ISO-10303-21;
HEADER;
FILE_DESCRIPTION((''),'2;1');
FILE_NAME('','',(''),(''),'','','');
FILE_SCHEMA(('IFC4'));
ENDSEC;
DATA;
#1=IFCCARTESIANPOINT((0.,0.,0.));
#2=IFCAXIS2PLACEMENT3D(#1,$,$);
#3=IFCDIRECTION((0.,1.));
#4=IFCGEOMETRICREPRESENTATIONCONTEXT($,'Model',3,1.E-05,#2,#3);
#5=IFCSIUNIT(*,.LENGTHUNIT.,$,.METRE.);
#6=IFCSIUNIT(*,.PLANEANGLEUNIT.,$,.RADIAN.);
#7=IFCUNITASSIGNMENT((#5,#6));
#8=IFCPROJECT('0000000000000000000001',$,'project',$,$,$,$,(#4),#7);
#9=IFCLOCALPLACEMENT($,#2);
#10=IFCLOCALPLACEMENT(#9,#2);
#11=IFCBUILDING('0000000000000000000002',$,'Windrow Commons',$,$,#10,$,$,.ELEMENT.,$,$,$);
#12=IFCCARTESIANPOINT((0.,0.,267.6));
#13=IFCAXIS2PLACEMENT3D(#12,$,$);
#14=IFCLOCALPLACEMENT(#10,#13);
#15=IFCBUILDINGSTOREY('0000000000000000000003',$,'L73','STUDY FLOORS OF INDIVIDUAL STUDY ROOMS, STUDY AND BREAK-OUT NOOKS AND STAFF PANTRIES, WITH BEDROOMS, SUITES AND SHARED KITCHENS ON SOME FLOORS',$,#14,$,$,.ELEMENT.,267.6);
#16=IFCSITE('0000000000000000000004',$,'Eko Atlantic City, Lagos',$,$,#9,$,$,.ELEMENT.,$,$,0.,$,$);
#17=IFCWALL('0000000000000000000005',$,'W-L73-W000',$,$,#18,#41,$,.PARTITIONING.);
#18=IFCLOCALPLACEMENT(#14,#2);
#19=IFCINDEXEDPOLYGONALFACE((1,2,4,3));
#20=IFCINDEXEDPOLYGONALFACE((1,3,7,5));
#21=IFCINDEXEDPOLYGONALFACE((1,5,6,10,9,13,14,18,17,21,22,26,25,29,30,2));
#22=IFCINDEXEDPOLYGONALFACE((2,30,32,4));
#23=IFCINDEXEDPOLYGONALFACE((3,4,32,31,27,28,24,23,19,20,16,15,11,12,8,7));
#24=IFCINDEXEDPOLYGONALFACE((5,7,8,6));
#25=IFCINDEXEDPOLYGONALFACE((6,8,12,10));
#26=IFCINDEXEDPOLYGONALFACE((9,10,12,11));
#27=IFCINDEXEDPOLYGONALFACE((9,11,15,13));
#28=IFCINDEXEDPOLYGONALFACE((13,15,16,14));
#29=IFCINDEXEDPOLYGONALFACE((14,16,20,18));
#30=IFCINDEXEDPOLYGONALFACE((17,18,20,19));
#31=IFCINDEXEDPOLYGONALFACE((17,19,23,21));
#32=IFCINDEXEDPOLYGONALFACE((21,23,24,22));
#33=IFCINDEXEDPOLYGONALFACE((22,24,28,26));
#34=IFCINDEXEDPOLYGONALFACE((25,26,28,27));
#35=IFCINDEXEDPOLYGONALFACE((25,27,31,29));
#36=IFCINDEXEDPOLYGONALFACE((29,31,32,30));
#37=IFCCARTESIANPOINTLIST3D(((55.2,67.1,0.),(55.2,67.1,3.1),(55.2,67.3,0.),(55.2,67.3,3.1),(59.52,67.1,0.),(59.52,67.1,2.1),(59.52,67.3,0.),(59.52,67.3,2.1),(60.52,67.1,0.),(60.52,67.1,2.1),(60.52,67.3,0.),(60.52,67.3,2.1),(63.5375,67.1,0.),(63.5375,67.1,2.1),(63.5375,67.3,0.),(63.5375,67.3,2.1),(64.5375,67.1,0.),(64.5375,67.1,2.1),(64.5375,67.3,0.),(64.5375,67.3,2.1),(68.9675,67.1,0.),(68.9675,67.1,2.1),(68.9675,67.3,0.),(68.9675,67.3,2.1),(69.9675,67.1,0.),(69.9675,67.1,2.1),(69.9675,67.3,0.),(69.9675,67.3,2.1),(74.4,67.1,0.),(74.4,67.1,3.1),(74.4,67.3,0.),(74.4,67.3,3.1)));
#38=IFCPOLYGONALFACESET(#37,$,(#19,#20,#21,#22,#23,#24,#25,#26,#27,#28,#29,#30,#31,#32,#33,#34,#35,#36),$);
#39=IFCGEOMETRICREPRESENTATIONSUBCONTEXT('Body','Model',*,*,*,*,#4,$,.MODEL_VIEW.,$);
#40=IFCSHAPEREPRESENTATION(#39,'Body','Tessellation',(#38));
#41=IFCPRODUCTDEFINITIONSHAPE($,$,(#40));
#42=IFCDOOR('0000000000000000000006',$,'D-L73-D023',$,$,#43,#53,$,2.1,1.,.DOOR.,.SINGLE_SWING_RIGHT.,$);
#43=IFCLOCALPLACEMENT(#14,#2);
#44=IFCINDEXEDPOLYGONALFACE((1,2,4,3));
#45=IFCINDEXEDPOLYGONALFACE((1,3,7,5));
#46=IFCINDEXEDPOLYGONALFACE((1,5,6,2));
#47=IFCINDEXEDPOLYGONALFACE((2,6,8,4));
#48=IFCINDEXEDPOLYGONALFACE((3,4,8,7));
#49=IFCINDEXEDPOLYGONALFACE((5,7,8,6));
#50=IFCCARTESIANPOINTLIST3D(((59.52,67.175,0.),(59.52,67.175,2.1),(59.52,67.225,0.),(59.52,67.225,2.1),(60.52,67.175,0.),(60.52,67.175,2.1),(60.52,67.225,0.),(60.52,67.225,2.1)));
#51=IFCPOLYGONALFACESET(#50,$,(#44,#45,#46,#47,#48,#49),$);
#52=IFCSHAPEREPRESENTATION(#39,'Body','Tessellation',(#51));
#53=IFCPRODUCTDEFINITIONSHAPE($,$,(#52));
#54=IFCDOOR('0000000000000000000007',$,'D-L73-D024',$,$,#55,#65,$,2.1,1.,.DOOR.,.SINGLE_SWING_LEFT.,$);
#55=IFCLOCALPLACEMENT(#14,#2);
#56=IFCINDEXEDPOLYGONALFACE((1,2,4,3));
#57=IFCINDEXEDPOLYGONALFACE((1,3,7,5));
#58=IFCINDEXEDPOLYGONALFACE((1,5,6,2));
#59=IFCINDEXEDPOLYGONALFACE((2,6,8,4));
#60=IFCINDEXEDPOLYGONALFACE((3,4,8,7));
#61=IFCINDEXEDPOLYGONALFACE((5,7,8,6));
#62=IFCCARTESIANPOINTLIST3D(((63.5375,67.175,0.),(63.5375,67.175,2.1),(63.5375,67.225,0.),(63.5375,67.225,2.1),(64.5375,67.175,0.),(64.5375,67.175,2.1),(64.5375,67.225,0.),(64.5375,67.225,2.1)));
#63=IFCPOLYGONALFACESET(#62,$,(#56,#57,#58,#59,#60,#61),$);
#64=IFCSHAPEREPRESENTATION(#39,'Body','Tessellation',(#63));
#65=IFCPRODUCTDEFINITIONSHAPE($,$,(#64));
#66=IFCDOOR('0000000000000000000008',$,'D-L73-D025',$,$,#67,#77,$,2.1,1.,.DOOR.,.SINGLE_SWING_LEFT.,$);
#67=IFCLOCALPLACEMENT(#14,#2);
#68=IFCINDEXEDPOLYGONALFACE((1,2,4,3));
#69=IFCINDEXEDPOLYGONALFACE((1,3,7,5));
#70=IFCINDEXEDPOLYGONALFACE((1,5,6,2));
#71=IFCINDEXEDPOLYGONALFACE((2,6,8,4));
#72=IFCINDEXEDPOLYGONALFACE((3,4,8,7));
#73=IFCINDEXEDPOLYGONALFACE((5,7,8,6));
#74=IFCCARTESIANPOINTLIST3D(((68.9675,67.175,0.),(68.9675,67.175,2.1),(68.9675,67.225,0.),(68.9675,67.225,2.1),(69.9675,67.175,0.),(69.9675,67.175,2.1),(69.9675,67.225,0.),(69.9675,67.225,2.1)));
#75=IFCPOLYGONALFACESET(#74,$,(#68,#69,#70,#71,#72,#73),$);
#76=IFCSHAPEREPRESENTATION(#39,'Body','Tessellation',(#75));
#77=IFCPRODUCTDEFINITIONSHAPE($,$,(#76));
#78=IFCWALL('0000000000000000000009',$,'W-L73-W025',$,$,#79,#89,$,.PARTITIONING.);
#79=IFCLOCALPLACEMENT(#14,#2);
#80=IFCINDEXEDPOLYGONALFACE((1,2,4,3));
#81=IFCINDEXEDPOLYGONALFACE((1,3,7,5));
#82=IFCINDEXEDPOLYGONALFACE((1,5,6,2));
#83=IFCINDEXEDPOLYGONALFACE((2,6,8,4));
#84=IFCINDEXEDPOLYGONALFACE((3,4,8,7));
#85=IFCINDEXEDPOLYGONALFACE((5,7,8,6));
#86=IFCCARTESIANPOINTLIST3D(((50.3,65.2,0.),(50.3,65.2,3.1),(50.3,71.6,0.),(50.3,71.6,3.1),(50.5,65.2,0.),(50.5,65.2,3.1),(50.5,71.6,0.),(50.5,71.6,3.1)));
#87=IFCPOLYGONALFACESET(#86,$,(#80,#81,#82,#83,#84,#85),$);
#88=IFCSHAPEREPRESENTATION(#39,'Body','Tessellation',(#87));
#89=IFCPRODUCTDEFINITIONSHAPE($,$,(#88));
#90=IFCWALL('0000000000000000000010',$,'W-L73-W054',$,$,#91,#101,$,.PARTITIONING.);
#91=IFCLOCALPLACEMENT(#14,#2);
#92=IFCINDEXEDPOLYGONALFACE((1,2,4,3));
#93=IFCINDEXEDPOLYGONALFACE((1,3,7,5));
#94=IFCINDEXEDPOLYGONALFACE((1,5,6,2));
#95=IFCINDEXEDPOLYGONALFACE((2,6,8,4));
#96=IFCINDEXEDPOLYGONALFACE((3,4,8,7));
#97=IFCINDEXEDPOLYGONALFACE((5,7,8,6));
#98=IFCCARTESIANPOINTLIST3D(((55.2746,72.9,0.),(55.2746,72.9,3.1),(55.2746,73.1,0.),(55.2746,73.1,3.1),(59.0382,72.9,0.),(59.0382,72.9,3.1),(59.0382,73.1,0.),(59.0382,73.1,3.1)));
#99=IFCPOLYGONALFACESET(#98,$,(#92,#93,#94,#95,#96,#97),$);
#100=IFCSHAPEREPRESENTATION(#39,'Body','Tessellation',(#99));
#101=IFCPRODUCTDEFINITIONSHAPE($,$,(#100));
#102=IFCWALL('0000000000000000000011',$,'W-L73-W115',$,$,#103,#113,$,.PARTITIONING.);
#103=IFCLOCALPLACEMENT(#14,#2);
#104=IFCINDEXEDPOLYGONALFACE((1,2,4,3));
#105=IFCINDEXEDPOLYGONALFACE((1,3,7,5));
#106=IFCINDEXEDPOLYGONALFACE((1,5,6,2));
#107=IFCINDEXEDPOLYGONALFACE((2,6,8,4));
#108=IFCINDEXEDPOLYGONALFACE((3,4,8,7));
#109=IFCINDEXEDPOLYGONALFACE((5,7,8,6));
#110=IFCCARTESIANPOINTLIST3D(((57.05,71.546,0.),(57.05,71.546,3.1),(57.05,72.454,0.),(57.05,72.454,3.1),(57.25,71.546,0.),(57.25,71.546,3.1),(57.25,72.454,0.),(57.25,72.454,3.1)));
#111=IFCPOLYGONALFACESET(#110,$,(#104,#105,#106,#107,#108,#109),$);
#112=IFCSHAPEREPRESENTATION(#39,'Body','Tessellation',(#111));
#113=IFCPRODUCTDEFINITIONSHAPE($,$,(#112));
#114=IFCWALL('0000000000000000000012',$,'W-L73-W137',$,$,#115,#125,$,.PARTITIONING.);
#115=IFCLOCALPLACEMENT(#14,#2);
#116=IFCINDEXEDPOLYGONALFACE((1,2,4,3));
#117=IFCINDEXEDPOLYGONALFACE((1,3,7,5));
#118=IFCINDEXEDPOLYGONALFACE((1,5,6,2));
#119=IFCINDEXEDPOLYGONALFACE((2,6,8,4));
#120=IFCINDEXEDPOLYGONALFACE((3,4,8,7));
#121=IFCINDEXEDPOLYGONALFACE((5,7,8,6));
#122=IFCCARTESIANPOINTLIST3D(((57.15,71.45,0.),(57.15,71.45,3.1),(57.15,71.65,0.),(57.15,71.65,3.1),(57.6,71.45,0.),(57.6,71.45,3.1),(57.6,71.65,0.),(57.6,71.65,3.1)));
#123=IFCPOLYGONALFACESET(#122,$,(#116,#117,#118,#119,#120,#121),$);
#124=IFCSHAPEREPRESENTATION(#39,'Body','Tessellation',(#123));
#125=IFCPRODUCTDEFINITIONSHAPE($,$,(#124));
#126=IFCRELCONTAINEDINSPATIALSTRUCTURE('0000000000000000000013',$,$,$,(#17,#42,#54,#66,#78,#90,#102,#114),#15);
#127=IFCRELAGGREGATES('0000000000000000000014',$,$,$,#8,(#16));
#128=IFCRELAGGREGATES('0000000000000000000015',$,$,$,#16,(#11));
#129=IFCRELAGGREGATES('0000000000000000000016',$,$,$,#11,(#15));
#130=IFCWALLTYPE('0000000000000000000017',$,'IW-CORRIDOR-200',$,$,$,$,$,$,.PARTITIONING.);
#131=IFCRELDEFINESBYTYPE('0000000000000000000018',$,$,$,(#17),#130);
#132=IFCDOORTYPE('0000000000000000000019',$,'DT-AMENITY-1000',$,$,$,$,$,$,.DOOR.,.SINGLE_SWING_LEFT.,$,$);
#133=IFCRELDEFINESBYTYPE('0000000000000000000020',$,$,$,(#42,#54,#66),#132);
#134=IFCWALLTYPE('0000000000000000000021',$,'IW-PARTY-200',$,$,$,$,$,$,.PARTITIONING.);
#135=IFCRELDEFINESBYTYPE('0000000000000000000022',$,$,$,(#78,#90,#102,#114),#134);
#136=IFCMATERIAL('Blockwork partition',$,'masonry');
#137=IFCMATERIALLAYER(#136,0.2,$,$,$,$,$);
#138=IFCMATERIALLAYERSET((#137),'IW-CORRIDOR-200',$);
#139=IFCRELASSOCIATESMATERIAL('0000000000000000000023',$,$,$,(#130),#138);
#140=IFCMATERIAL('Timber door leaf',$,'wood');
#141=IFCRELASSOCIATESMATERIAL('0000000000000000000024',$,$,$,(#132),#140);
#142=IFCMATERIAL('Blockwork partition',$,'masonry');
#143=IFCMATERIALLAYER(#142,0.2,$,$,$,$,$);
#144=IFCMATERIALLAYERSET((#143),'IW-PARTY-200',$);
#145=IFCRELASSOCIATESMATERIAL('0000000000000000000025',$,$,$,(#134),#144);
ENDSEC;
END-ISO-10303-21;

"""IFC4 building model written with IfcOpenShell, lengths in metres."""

from ifc_helpers import new_model, si_unit, direction, frame, frame_2d, origin, place, context, subcontext, project, spatial, rectangle, extrude, material, layer, layer_set, type_object, element, fill, save


model = new_model("IFC4")

# Units and contexts
model_context = context("Model", 3, precision=1e-05, world=origin(), true_north=direction((0.0, 1.0)))
body_context = subcontext(model_context, "Body", "Model", "MODEL_VIEW")
ifc_project = project(units=[si_unit("LENGTHUNIT", "METRE"), si_unit("PLANEANGLEUNIT", "RADIAN")], contexts=[model_context])

# Site, building, storey
site_placement = place(None, origin())
site = spatial("IfcSite", under=ifc_project, at=site_placement, Name="Eko Atlantic City, Lagos", CompositionType="ELEMENT", RefElevation=0.0)
building_placement = place(site_placement, origin())
building = spatial("IfcBuilding", under=site, at=building_placement, Name="Windrow Commons", CompositionType="ELEMENT")
storey_placement = place(building_placement, frame((0.0, 0.0, 267.6)))
storey = spatial("IfcBuildingStorey", under=building, at=storey_placement, Name="L73", Description="STUDY FLOORS OF INDIVIDUAL STUDY ROOMS, STUDY AND BREAK-OUT NOOKS AND STAFF PANTRIES, WITH BEDROOMS, SUITES AND SHARED KITCHENS ON SOME FLOORS", CompositionType="ELEMENT", Elevation=267.6)

# Wall, openings, doors
ifc_material_1 = material(Name="Blockwork partition", Category="masonry")
ifc_layer_1 = layer(ifc_material_1, 0.2)
ifc_layer_set_1 = layer_set([ifc_layer_1], Name="IW-CORRIDOR-200")
wall_type_1 = type_object("IfcWallType", Name="IW-CORRIDOR-200", PredefinedType="PARTITIONING", material=ifc_layer_set_1)
wall_1_placement = place(storey_placement, frame((55.2, 67.2, 0.0), z_axis=(0.0, 0.0, 1.0), x_axis=(1.0, 0.0, 0.0)))
wall_1 = element("IfcWall", 1, at=wall_1_placement, inside=storey, type_object=wall_type_1, Name="W-L73-W000", PredefinedType="PARTITIONING", context=body_context, shape_type="SweptSolid", body=[
    extrude(rectangle(XDim=19.2, YDim=0.2, at=frame_2d((9.6, 0.0))), origin(), (0.0, 0.0, 1.0), 3.1),
])
opening_1_placement = place(wall_1_placement, frame((4.32, 0.0, 0.0)))
opening_1 = element("IfcOpeningElement", 2, at=opening_1_placement, cuts=wall_1, PredefinedType="OPENING", context=body_context, shape_type="SweptSolid", body=[
    extrude(rectangle(XDim=1.0, YDim=2.1, at=frame_2d((0.5, 1.05))), frame((0.0, 0.11, 0.0), z_axis=(0.0, -1.0, 0.0), x_axis=(1.0, 0.0, 0.0)), (0.0, 0.0, 1.0), 0.22),
])
opening_2_placement = place(wall_1_placement, frame((8.3375, 0.0, 0.0)))
opening_2 = element("IfcOpeningElement", 3, at=opening_2_placement, cuts=wall_1, PredefinedType="OPENING", context=body_context, shape_type="SweptSolid", body=[
    extrude(rectangle(XDim=1.0, YDim=2.1, at=frame_2d((0.5, 1.05))), frame((0.0, 0.11, 0.0), z_axis=(0.0, -1.0, 0.0), x_axis=(1.0, 0.0, 0.0)), (0.0, 0.0, 1.0), 0.22),
])
opening_3_placement = place(wall_1_placement, frame((13.7675, 0.0, 0.0)))
opening_3 = element("IfcOpeningElement", 4, at=opening_3_placement, cuts=wall_1, PredefinedType="OPENING", context=body_context, shape_type="SweptSolid", body=[
    extrude(rectangle(XDim=1.0, YDim=2.1, at=frame_2d((0.5, 1.05))), frame((0.0, 0.11, 0.0), z_axis=(0.0, -1.0, 0.0), x_axis=(1.0, 0.0, 0.0)), (0.0, 0.0, 1.0), 0.22),
])
ifc_material_2 = material(Name="Timber door leaf", Category="wood")
door_type = type_object("IfcDoorType", Name="DT-AMENITY-1000", OperationType="SINGLE_SWING_LEFT", PredefinedType="DOOR", material=ifc_material_2)
door_1_placement = place(opening_1_placement, origin())
door_1 = element("IfcDoor", 5, at=door_1_placement, inside=storey, type_object=door_type, Name="D-L73-D023", OperationType="SINGLE_SWING_RIGHT", OverallHeight=2.1, OverallWidth=1.0, PredefinedType="DOOR", context=body_context, shape_type="SweptSolid", body=[
    extrude(rectangle(XDim=1.0, YDim=2.1, at=frame_2d((0.5, 1.05))), frame((0.0, 0.025, 0.0), z_axis=(0.0, -1.0, 0.0), x_axis=(1.0, 0.0, 0.0)), (0.0, 0.0, 1.0), 0.05),
])
fill(opening_1, door_1)
door_2_placement = place(opening_2_placement, origin())
door_2 = element("IfcDoor", 6, at=door_2_placement, inside=storey, type_object=door_type, Name="D-L73-D024", OperationType="SINGLE_SWING_LEFT", OverallHeight=2.1, OverallWidth=1.0, PredefinedType="DOOR", context=body_context, shape_type="SweptSolid", body=[
    extrude(rectangle(XDim=1.0, YDim=2.1, at=frame_2d((0.5, 1.05))), frame((0.0, 0.025, 0.0), z_axis=(0.0, -1.0, 0.0), x_axis=(1.0, 0.0, 0.0)), (0.0, 0.0, 1.0), 0.05),
])
fill(opening_2, door_2)
door_3_placement = place(opening_3_placement, origin())
door_3 = element("IfcDoor", 7, at=door_3_placement, inside=storey, type_object=door_type, Name="D-L73-D025", OperationType="SINGLE_SWING_LEFT", OverallHeight=2.1, OverallWidth=1.0, PredefinedType="DOOR", context=body_context, shape_type="SweptSolid", body=[
    extrude(rectangle(XDim=1.0, YDim=2.1, at=frame_2d((0.5, 1.05))), frame((0.0, 0.025, 0.0), z_axis=(0.0, -1.0, 0.0), x_axis=(1.0, 0.0, 0.0)), (0.0, 0.0, 1.0), 0.05),
])
fill(opening_3, door_3)

# Walls
ifc_material_3 = material(Name="Blockwork partition", Category="masonry")
ifc_layer_2 = layer(ifc_material_3, 0.2)
ifc_layer_set_2 = layer_set([ifc_layer_2], Name="IW-PARTY-200")
wall_type_2 = type_object("IfcWallType", Name="IW-PARTY-200", PredefinedType="PARTITIONING", material=ifc_layer_set_2)
wall_2_placement = place(storey_placement, frame((50.4, 65.2, 0.0), z_axis=(0.0, 0.0, 1.0), x_axis=(0.0, 1.0, 0.0)))
element("IfcWall", 8, at=wall_2_placement, inside=storey, type_object=wall_type_2, Name="W-L73-W025", PredefinedType="PARTITIONING", context=body_context, shape_type="SweptSolid", body=[
    extrude(rectangle(XDim=6.4, YDim=0.2, at=frame_2d((3.2, 0.0))), origin(), (0.0, 0.0, 1.0), 3.1),
])
wall_3_placement = place(storey_placement, frame((55.2746, 73.0, 0.0), z_axis=(0.0, 0.0, 1.0), x_axis=(1.0, 0.0, 0.0)))
element("IfcWall", 9, at=wall_3_placement, inside=storey, type_object=wall_type_2, Name="W-L73-W054", PredefinedType="PARTITIONING", context=body_context, shape_type="SweptSolid", body=[
    extrude(rectangle(XDim=3.7636, YDim=0.2, at=frame_2d((1.8818, 0.0))), origin(), (0.0, 0.0, 1.0), 3.1),
])
wall_4_placement = place(storey_placement, frame((57.15, 71.546, 0.0), z_axis=(0.0, 0.0, 1.0), x_axis=(0.0, 1.0, 0.0)))
element("IfcWall", 10, at=wall_4_placement, inside=storey, type_object=wall_type_2, Name="W-L73-W115", PredefinedType="PARTITIONING", context=body_context, shape_type="SweptSolid", body=[
    extrude(rectangle(XDim=0.908, YDim=0.2, at=frame_2d((0.454, 0.0))), origin(), (0.0, 0.0, 1.0), 3.1),
])
wall_5_placement = place(storey_placement, frame((57.15, 71.55, 0.0), z_axis=(0.0, 0.0, 1.0), x_axis=(1.0, 0.0, 0.0)))
element("IfcWall", 11, at=wall_5_placement, inside=storey, type_object=wall_type_2, Name="W-L73-W137", PredefinedType="PARTITIONING", context=body_context, shape_type="SweptSolid", body=[
    extrude(rectangle(XDim=0.45, YDim=0.2, at=frame_2d((0.225, 0.0))), origin(), (0.0, 0.0, 1.0), 3.1),
])

save(model, "model.ifc")
